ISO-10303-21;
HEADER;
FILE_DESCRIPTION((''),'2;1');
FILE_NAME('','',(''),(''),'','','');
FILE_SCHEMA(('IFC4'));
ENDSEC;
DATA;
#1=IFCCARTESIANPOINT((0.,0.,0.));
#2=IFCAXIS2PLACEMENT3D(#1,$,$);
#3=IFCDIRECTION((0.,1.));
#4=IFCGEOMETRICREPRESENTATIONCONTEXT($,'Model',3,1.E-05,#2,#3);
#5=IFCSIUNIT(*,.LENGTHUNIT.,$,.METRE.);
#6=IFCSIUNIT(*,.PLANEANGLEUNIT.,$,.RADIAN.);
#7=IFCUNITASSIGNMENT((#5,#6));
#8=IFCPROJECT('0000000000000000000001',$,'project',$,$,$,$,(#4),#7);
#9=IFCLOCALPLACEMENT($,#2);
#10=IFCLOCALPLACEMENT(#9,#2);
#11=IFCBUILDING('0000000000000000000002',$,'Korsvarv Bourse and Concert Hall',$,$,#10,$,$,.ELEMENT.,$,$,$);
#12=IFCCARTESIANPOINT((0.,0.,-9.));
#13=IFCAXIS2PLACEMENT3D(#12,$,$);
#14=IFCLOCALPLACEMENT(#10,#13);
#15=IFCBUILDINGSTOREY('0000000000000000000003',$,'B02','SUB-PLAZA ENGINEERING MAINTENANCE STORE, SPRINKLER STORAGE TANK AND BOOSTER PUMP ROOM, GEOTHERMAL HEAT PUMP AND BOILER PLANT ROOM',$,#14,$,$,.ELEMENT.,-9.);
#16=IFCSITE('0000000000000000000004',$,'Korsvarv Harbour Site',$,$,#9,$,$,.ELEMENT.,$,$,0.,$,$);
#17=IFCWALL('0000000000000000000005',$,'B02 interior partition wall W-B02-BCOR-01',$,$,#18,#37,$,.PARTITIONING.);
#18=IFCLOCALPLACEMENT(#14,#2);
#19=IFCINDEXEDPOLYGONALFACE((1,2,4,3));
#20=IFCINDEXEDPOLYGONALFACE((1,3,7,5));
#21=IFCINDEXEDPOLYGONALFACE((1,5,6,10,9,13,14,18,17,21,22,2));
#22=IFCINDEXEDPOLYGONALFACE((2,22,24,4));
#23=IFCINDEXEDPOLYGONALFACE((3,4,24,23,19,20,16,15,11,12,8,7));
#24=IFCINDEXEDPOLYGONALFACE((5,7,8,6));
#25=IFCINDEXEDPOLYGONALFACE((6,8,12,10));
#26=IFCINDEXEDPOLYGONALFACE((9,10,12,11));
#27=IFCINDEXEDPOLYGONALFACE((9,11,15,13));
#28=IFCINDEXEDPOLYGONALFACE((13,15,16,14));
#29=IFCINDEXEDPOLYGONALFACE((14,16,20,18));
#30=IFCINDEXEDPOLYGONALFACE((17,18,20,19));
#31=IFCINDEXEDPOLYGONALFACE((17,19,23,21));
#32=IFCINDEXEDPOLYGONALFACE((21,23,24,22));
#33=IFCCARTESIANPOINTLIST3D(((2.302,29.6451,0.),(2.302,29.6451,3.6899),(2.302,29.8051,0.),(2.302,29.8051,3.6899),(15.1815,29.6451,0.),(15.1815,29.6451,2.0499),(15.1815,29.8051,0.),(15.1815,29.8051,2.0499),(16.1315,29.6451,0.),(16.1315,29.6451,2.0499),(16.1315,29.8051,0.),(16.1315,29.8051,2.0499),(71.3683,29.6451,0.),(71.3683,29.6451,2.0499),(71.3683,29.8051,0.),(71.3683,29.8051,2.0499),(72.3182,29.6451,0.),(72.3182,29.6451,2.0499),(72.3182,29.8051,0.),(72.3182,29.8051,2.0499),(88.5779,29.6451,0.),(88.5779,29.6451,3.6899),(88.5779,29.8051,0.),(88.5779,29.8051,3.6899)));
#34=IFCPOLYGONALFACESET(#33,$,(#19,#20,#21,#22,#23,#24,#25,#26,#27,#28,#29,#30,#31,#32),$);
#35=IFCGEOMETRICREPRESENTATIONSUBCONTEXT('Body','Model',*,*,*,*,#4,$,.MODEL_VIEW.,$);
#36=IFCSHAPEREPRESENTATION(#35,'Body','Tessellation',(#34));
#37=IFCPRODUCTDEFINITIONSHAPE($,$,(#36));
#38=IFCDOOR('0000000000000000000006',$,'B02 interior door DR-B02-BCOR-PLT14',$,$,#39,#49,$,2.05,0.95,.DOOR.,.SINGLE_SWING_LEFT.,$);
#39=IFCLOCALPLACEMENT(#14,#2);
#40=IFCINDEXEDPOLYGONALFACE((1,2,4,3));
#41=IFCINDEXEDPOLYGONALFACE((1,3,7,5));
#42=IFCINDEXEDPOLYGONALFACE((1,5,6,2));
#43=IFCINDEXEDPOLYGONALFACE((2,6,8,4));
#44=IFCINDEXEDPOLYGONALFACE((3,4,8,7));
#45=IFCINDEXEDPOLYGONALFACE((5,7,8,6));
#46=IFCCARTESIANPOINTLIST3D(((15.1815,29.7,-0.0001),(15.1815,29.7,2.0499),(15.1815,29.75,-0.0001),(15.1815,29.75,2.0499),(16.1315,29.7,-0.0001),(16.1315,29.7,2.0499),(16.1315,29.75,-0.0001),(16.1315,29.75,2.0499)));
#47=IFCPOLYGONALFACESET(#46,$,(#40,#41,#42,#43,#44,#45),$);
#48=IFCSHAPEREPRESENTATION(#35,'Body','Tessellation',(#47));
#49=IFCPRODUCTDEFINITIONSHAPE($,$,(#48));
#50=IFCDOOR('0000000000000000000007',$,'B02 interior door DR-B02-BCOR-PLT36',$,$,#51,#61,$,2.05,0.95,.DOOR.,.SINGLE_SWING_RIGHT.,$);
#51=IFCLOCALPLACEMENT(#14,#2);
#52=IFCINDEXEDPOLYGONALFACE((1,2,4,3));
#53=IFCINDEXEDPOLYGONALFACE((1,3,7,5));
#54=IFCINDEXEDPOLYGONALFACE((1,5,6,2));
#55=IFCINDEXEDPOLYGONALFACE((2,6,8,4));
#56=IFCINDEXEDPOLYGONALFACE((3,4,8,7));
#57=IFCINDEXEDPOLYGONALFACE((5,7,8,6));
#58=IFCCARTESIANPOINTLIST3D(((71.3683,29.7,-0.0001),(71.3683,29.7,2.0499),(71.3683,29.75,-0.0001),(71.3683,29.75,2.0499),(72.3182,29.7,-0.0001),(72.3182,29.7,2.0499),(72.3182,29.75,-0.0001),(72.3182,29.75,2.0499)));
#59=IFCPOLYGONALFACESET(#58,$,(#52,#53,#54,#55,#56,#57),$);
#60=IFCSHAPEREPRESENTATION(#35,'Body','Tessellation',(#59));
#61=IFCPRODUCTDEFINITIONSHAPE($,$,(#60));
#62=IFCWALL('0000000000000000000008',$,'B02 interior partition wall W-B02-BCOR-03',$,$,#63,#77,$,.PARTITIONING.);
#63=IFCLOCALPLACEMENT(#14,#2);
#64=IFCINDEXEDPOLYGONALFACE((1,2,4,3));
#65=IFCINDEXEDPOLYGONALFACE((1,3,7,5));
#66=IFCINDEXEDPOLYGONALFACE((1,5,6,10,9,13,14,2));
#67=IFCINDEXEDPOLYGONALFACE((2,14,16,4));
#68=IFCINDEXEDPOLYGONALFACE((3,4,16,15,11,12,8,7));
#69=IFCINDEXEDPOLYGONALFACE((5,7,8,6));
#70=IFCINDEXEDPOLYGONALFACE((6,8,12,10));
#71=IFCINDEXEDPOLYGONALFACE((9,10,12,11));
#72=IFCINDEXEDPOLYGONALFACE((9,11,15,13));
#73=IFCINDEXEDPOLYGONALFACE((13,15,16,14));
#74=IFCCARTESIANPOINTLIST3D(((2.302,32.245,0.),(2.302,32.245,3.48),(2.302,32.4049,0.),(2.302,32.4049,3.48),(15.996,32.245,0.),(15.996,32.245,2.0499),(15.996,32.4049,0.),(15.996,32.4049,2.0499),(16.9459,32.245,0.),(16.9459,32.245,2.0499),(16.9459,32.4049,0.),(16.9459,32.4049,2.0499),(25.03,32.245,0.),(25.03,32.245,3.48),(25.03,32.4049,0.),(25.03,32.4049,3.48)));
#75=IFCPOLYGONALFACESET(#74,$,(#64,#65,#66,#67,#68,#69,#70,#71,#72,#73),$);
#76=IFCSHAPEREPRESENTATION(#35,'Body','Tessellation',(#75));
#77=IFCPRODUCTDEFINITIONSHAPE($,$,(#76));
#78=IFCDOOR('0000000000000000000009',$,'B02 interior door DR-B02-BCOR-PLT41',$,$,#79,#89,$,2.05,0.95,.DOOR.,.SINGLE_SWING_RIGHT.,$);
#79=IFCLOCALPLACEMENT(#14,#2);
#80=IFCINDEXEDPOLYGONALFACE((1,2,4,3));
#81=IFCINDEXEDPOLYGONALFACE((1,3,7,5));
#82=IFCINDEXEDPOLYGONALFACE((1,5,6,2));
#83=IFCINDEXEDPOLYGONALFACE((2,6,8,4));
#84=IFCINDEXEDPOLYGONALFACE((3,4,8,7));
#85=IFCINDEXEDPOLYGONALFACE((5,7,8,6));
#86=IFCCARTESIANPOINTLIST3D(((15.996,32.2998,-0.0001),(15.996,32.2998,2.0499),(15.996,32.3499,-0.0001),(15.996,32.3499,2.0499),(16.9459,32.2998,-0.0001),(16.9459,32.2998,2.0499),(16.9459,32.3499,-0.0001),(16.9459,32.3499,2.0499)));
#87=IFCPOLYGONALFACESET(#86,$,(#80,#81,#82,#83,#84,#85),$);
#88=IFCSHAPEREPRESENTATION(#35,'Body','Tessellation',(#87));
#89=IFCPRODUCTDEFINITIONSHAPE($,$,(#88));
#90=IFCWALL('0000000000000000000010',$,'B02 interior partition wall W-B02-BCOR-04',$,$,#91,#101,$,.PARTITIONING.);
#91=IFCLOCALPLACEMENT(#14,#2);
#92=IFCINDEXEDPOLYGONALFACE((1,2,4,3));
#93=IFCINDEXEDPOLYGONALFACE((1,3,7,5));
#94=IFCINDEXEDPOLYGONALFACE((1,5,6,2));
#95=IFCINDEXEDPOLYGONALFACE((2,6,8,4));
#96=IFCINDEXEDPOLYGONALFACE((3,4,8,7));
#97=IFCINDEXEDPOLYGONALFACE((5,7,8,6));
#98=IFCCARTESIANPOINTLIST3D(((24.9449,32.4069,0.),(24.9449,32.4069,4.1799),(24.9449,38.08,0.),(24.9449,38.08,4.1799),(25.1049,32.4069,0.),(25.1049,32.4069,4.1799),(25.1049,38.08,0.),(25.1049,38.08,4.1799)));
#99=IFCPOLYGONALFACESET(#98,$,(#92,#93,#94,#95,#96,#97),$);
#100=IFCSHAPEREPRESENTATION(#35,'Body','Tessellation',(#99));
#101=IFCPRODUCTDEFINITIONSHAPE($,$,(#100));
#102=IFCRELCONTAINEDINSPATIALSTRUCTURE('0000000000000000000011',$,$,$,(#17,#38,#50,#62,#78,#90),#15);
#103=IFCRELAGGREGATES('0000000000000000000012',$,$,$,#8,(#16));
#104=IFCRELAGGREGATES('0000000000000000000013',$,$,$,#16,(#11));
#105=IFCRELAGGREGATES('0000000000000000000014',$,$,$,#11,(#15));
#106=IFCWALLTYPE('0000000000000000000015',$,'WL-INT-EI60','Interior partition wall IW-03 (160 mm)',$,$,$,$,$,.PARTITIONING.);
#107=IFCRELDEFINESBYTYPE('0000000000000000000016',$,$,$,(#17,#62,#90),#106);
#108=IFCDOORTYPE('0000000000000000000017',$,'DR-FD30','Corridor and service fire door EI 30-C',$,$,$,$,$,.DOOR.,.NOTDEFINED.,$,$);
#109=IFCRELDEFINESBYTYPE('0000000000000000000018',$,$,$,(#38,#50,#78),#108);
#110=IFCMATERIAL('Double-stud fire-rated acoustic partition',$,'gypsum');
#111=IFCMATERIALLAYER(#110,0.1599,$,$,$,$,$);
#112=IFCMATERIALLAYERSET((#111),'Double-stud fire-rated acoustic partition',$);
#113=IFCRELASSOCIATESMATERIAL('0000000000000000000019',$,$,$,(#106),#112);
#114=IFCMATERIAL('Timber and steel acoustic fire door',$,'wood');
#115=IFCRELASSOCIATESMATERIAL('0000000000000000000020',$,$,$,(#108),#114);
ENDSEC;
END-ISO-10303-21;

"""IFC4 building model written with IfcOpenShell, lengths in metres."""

from ifc_helpers import new_model, si_unit, direction, frame, frame_2d, origin, place, context, subcontext, project, spatial, rectangle, extrude, material, layer, layer_set, type_object, element, fill, save


model = new_model("IFC4")

# Units and contexts
model_context = context("Model", 3, precision=1e-05, world=origin(), true_north=direction((0.0, 1.0)))
body_context = subcontext(model_context, "Body", "Model", "MODEL_VIEW")
ifc_project = project(units=[si_unit("LENGTHUNIT", "METRE"), si_unit("PLANEANGLEUNIT", "RADIAN")], contexts=[model_context])

# Site, building, storey
site_placement = place(None, origin())
site = spatial("IfcSite", under=ifc_project, at=site_placement, Name="Korsvarv Harbour Site", CompositionType="ELEMENT", RefElevation=0.0)
building_placement = place(site_placement, origin())
building = spatial("IfcBuilding", under=site, at=building_placement, Name="Korsvarv Bourse and Concert Hall", CompositionType="ELEMENT")
storey_placement = place(building_placement, frame((0.0, 0.0, -9.0)))
storey = spatial("IfcBuildingStorey", under=building, at=storey_placement, Name="B02", Description="SUB-PLAZA ENGINEERING MAINTENANCE STORE, SPRINKLER STORAGE TANK AND BOOSTER PUMP ROOM, GEOTHERMAL HEAT PUMP AND BOILER PLANT ROOM", CompositionType="ELEMENT", Elevation=-9.0)

# Shared definitions
ifc_material_1 = material(Name="Double-stud fire-rated acoustic partition", Category="gypsum")
ifc_layer = layer(ifc_material_1, 0.1599)
ifc_layer_set = layer_set([ifc_layer], Name="Double-stud fire-rated acoustic partition")
wall_type = type_object("IfcWallType", Name="WL-INT-EI60", Description="Interior partition wall IW-03 (160 mm)", PredefinedType="PARTITIONING", material=ifc_layer_set)

# Wall, openings, doors
wall_1_placement = place(storey_placement, frame((2.302, 29.7251, 0.0), z_axis=(0.0, 0.0, 1.0), x_axis=(1.0, 0.0, 0.0)))
wall_1 = element("IfcWall", 1, at=wall_1_placement, inside=storey, type_object=wall_type, Name="B02 interior partition wall W-B02-BCOR-01", PredefinedType="PARTITIONING", context=body_context, shape_type="SweptSolid", body=[
    extrude(rectangle(XDim=86.2759, YDim=0.1599, at=frame_2d((43.1379, 0.0))), origin(), (0.0, 0.0, 1.0), 3.6899),
])
opening_1_placement = place(wall_1_placement, frame((12.8794, 0.0, 0.0)))
opening_1 = element("IfcOpeningElement", 2, at=opening_1_placement, cuts=wall_1, PredefinedType="OPENING", context=body_context, shape_type="SweptSolid", body=[
    extrude(rectangle(XDim=0.95, YDim=2.05, at=frame_2d((0.4751, 1.0249))), frame((0.0, 0.0898, 0.0), z_axis=(0.0, -1.0, 0.0), x_axis=(1.0, 0.0, 0.0)), (0.0, 0.0, 1.0), 0.1799),
])
opening_2_placement = place(wall_1_placement, frame((69.0662, 0.0, 0.0)))
opening_2 = element("IfcOpeningElement", 3, at=opening_2_placement, cuts=wall_1, PredefinedType="OPENING", context=body_context, shape_type="SweptSolid", body=[
    extrude(rectangle(XDim=0.95, YDim=2.05, at=frame_2d((0.4751, 1.0249))), frame((0.0, 0.0898, 0.0), z_axis=(0.0, -1.0, 0.0), x_axis=(1.0, 0.0, 0.0)), (0.0, 0.0, 1.0), 0.1799),
])
ifc_material_2 = material(Name="Timber and steel acoustic fire door", Category="wood")
door_type_1 = type_object("IfcDoorType", Name="DR-FD30", Description="Corridor and service fire door EI 30-C", OperationType="NOTDEFINED", PredefinedType="DOOR", material=ifc_material_2)
door_1_placement = place(opening_1_placement, origin())
door_1 = element("IfcDoor", 4, at=door_1_placement, inside=storey, type_object=door_type_1, Name="B02 interior door DR-B02-BCOR-PLT14", OperationType="SINGLE_SWING_LEFT", OverallHeight=2.05, OverallWidth=0.95, PredefinedType="DOOR", context=body_context, shape_type="SweptSolid", body=[
    extrude(rectangle(XDim=0.95, YDim=2.05, at=frame_2d((0.4751, 1.0249))), frame((0.0, 0.0249, 0.0), z_axis=(0.0, -1.0, 0.0), x_axis=(1.0, 0.0, 0.0)), (0.0, 0.0, 1.0), 0.05),
])
fill(opening_1, door_1)
door_2_placement = place(opening_2_placement, origin())
door_2 = element("IfcDoor", 5, at=door_2_placement, inside=storey, type_object=door_type_1, Name="B02 interior door DR-B02-BCOR-PLT36", OperationType="SINGLE_SWING_RIGHT", OverallHeight=2.05, OverallWidth=0.95, PredefinedType="DOOR", context=body_context, shape_type="SweptSolid", body=[
    extrude(rectangle(XDim=0.95, YDim=2.05, at=frame_2d((0.4751, 1.0249))), frame((0.0, 0.0249, 0.0), z_axis=(0.0, -1.0, 0.0), x_axis=(1.0, 0.0, 0.0)), (0.0, 0.0, 1.0), 0.05),
])
fill(opening_2, door_2)

# Wall, opening, door
wall_2_placement = place(storey_placement, frame((2.302, 32.325, 0.0), z_axis=(0.0, 0.0, 1.0), x_axis=(1.0, 0.0, 0.0)))
wall_2 = element("IfcWall", 6, at=wall_2_placement, inside=storey, type_object=wall_type, Name="B02 interior partition wall W-B02-BCOR-03", PredefinedType="PARTITIONING", context=body_context, shape_type="SweptSolid", body=[
    extrude(rectangle(XDim=22.728, YDim=0.1599, at=frame_2d((11.364, 0.0))), origin(), (0.0, 0.0, 1.0), 3.48),
])
opening_3_placement = place(wall_2_placement, frame((13.6938, 0.0, 0.0)))
opening_3 = element("IfcOpeningElement", 7, at=opening_3_placement, cuts=wall_2, PredefinedType="OPENING", context=body_context, shape_type="SweptSolid", body=[
    extrude(rectangle(XDim=0.95, YDim=2.05, at=frame_2d((0.4751, 1.0249))), frame((0.0, 0.0898, 0.0), z_axis=(0.0, -1.0, 0.0), x_axis=(1.0, 0.0, 0.0)), (0.0, 0.0, 1.0), 0.1799),
])
door_3_placement = place(opening_3_placement, origin())
door_3 = element("IfcDoor", 8, at=door_3_placement, inside=storey, type_object=door_type_1, Name="B02 interior door DR-B02-BCOR-PLT41", OperationType="SINGLE_SWING_RIGHT", OverallHeight=2.05, OverallWidth=0.95, PredefinedType="DOOR", context=body_context, shape_type="SweptSolid", body=[
    extrude(rectangle(XDim=0.95, YDim=2.05, at=frame_2d((0.4751, 1.0249))), frame((0.0, 0.0249, 0.0), z_axis=(0.0, -1.0, 0.0), x_axis=(1.0, 0.0, 0.0)), (0.0, 0.0, 1.0), 0.05),
])
fill(opening_3, door_3)

# Wall
wall_3_placement = place(storey_placement, frame((25.0249, 32.407, 0.0), z_axis=(0.0, 0.0, 1.0), x_axis=(0.0, 1.0, 0.0)))
element("IfcWall", 9, at=wall_3_placement, inside=storey, type_object=wall_type, Name="B02 interior partition wall W-B02-BCOR-04", PredefinedType="PARTITIONING", context=body_context, shape_type="SweptSolid", body=[
    extrude(rectangle(XDim=5.6731, YDim=0.1599, at=frame_2d((2.8364, 0.0))), origin(), (0.0, 0.0, 1.0), 4.1799),
])

save(model, "model.ifc")
